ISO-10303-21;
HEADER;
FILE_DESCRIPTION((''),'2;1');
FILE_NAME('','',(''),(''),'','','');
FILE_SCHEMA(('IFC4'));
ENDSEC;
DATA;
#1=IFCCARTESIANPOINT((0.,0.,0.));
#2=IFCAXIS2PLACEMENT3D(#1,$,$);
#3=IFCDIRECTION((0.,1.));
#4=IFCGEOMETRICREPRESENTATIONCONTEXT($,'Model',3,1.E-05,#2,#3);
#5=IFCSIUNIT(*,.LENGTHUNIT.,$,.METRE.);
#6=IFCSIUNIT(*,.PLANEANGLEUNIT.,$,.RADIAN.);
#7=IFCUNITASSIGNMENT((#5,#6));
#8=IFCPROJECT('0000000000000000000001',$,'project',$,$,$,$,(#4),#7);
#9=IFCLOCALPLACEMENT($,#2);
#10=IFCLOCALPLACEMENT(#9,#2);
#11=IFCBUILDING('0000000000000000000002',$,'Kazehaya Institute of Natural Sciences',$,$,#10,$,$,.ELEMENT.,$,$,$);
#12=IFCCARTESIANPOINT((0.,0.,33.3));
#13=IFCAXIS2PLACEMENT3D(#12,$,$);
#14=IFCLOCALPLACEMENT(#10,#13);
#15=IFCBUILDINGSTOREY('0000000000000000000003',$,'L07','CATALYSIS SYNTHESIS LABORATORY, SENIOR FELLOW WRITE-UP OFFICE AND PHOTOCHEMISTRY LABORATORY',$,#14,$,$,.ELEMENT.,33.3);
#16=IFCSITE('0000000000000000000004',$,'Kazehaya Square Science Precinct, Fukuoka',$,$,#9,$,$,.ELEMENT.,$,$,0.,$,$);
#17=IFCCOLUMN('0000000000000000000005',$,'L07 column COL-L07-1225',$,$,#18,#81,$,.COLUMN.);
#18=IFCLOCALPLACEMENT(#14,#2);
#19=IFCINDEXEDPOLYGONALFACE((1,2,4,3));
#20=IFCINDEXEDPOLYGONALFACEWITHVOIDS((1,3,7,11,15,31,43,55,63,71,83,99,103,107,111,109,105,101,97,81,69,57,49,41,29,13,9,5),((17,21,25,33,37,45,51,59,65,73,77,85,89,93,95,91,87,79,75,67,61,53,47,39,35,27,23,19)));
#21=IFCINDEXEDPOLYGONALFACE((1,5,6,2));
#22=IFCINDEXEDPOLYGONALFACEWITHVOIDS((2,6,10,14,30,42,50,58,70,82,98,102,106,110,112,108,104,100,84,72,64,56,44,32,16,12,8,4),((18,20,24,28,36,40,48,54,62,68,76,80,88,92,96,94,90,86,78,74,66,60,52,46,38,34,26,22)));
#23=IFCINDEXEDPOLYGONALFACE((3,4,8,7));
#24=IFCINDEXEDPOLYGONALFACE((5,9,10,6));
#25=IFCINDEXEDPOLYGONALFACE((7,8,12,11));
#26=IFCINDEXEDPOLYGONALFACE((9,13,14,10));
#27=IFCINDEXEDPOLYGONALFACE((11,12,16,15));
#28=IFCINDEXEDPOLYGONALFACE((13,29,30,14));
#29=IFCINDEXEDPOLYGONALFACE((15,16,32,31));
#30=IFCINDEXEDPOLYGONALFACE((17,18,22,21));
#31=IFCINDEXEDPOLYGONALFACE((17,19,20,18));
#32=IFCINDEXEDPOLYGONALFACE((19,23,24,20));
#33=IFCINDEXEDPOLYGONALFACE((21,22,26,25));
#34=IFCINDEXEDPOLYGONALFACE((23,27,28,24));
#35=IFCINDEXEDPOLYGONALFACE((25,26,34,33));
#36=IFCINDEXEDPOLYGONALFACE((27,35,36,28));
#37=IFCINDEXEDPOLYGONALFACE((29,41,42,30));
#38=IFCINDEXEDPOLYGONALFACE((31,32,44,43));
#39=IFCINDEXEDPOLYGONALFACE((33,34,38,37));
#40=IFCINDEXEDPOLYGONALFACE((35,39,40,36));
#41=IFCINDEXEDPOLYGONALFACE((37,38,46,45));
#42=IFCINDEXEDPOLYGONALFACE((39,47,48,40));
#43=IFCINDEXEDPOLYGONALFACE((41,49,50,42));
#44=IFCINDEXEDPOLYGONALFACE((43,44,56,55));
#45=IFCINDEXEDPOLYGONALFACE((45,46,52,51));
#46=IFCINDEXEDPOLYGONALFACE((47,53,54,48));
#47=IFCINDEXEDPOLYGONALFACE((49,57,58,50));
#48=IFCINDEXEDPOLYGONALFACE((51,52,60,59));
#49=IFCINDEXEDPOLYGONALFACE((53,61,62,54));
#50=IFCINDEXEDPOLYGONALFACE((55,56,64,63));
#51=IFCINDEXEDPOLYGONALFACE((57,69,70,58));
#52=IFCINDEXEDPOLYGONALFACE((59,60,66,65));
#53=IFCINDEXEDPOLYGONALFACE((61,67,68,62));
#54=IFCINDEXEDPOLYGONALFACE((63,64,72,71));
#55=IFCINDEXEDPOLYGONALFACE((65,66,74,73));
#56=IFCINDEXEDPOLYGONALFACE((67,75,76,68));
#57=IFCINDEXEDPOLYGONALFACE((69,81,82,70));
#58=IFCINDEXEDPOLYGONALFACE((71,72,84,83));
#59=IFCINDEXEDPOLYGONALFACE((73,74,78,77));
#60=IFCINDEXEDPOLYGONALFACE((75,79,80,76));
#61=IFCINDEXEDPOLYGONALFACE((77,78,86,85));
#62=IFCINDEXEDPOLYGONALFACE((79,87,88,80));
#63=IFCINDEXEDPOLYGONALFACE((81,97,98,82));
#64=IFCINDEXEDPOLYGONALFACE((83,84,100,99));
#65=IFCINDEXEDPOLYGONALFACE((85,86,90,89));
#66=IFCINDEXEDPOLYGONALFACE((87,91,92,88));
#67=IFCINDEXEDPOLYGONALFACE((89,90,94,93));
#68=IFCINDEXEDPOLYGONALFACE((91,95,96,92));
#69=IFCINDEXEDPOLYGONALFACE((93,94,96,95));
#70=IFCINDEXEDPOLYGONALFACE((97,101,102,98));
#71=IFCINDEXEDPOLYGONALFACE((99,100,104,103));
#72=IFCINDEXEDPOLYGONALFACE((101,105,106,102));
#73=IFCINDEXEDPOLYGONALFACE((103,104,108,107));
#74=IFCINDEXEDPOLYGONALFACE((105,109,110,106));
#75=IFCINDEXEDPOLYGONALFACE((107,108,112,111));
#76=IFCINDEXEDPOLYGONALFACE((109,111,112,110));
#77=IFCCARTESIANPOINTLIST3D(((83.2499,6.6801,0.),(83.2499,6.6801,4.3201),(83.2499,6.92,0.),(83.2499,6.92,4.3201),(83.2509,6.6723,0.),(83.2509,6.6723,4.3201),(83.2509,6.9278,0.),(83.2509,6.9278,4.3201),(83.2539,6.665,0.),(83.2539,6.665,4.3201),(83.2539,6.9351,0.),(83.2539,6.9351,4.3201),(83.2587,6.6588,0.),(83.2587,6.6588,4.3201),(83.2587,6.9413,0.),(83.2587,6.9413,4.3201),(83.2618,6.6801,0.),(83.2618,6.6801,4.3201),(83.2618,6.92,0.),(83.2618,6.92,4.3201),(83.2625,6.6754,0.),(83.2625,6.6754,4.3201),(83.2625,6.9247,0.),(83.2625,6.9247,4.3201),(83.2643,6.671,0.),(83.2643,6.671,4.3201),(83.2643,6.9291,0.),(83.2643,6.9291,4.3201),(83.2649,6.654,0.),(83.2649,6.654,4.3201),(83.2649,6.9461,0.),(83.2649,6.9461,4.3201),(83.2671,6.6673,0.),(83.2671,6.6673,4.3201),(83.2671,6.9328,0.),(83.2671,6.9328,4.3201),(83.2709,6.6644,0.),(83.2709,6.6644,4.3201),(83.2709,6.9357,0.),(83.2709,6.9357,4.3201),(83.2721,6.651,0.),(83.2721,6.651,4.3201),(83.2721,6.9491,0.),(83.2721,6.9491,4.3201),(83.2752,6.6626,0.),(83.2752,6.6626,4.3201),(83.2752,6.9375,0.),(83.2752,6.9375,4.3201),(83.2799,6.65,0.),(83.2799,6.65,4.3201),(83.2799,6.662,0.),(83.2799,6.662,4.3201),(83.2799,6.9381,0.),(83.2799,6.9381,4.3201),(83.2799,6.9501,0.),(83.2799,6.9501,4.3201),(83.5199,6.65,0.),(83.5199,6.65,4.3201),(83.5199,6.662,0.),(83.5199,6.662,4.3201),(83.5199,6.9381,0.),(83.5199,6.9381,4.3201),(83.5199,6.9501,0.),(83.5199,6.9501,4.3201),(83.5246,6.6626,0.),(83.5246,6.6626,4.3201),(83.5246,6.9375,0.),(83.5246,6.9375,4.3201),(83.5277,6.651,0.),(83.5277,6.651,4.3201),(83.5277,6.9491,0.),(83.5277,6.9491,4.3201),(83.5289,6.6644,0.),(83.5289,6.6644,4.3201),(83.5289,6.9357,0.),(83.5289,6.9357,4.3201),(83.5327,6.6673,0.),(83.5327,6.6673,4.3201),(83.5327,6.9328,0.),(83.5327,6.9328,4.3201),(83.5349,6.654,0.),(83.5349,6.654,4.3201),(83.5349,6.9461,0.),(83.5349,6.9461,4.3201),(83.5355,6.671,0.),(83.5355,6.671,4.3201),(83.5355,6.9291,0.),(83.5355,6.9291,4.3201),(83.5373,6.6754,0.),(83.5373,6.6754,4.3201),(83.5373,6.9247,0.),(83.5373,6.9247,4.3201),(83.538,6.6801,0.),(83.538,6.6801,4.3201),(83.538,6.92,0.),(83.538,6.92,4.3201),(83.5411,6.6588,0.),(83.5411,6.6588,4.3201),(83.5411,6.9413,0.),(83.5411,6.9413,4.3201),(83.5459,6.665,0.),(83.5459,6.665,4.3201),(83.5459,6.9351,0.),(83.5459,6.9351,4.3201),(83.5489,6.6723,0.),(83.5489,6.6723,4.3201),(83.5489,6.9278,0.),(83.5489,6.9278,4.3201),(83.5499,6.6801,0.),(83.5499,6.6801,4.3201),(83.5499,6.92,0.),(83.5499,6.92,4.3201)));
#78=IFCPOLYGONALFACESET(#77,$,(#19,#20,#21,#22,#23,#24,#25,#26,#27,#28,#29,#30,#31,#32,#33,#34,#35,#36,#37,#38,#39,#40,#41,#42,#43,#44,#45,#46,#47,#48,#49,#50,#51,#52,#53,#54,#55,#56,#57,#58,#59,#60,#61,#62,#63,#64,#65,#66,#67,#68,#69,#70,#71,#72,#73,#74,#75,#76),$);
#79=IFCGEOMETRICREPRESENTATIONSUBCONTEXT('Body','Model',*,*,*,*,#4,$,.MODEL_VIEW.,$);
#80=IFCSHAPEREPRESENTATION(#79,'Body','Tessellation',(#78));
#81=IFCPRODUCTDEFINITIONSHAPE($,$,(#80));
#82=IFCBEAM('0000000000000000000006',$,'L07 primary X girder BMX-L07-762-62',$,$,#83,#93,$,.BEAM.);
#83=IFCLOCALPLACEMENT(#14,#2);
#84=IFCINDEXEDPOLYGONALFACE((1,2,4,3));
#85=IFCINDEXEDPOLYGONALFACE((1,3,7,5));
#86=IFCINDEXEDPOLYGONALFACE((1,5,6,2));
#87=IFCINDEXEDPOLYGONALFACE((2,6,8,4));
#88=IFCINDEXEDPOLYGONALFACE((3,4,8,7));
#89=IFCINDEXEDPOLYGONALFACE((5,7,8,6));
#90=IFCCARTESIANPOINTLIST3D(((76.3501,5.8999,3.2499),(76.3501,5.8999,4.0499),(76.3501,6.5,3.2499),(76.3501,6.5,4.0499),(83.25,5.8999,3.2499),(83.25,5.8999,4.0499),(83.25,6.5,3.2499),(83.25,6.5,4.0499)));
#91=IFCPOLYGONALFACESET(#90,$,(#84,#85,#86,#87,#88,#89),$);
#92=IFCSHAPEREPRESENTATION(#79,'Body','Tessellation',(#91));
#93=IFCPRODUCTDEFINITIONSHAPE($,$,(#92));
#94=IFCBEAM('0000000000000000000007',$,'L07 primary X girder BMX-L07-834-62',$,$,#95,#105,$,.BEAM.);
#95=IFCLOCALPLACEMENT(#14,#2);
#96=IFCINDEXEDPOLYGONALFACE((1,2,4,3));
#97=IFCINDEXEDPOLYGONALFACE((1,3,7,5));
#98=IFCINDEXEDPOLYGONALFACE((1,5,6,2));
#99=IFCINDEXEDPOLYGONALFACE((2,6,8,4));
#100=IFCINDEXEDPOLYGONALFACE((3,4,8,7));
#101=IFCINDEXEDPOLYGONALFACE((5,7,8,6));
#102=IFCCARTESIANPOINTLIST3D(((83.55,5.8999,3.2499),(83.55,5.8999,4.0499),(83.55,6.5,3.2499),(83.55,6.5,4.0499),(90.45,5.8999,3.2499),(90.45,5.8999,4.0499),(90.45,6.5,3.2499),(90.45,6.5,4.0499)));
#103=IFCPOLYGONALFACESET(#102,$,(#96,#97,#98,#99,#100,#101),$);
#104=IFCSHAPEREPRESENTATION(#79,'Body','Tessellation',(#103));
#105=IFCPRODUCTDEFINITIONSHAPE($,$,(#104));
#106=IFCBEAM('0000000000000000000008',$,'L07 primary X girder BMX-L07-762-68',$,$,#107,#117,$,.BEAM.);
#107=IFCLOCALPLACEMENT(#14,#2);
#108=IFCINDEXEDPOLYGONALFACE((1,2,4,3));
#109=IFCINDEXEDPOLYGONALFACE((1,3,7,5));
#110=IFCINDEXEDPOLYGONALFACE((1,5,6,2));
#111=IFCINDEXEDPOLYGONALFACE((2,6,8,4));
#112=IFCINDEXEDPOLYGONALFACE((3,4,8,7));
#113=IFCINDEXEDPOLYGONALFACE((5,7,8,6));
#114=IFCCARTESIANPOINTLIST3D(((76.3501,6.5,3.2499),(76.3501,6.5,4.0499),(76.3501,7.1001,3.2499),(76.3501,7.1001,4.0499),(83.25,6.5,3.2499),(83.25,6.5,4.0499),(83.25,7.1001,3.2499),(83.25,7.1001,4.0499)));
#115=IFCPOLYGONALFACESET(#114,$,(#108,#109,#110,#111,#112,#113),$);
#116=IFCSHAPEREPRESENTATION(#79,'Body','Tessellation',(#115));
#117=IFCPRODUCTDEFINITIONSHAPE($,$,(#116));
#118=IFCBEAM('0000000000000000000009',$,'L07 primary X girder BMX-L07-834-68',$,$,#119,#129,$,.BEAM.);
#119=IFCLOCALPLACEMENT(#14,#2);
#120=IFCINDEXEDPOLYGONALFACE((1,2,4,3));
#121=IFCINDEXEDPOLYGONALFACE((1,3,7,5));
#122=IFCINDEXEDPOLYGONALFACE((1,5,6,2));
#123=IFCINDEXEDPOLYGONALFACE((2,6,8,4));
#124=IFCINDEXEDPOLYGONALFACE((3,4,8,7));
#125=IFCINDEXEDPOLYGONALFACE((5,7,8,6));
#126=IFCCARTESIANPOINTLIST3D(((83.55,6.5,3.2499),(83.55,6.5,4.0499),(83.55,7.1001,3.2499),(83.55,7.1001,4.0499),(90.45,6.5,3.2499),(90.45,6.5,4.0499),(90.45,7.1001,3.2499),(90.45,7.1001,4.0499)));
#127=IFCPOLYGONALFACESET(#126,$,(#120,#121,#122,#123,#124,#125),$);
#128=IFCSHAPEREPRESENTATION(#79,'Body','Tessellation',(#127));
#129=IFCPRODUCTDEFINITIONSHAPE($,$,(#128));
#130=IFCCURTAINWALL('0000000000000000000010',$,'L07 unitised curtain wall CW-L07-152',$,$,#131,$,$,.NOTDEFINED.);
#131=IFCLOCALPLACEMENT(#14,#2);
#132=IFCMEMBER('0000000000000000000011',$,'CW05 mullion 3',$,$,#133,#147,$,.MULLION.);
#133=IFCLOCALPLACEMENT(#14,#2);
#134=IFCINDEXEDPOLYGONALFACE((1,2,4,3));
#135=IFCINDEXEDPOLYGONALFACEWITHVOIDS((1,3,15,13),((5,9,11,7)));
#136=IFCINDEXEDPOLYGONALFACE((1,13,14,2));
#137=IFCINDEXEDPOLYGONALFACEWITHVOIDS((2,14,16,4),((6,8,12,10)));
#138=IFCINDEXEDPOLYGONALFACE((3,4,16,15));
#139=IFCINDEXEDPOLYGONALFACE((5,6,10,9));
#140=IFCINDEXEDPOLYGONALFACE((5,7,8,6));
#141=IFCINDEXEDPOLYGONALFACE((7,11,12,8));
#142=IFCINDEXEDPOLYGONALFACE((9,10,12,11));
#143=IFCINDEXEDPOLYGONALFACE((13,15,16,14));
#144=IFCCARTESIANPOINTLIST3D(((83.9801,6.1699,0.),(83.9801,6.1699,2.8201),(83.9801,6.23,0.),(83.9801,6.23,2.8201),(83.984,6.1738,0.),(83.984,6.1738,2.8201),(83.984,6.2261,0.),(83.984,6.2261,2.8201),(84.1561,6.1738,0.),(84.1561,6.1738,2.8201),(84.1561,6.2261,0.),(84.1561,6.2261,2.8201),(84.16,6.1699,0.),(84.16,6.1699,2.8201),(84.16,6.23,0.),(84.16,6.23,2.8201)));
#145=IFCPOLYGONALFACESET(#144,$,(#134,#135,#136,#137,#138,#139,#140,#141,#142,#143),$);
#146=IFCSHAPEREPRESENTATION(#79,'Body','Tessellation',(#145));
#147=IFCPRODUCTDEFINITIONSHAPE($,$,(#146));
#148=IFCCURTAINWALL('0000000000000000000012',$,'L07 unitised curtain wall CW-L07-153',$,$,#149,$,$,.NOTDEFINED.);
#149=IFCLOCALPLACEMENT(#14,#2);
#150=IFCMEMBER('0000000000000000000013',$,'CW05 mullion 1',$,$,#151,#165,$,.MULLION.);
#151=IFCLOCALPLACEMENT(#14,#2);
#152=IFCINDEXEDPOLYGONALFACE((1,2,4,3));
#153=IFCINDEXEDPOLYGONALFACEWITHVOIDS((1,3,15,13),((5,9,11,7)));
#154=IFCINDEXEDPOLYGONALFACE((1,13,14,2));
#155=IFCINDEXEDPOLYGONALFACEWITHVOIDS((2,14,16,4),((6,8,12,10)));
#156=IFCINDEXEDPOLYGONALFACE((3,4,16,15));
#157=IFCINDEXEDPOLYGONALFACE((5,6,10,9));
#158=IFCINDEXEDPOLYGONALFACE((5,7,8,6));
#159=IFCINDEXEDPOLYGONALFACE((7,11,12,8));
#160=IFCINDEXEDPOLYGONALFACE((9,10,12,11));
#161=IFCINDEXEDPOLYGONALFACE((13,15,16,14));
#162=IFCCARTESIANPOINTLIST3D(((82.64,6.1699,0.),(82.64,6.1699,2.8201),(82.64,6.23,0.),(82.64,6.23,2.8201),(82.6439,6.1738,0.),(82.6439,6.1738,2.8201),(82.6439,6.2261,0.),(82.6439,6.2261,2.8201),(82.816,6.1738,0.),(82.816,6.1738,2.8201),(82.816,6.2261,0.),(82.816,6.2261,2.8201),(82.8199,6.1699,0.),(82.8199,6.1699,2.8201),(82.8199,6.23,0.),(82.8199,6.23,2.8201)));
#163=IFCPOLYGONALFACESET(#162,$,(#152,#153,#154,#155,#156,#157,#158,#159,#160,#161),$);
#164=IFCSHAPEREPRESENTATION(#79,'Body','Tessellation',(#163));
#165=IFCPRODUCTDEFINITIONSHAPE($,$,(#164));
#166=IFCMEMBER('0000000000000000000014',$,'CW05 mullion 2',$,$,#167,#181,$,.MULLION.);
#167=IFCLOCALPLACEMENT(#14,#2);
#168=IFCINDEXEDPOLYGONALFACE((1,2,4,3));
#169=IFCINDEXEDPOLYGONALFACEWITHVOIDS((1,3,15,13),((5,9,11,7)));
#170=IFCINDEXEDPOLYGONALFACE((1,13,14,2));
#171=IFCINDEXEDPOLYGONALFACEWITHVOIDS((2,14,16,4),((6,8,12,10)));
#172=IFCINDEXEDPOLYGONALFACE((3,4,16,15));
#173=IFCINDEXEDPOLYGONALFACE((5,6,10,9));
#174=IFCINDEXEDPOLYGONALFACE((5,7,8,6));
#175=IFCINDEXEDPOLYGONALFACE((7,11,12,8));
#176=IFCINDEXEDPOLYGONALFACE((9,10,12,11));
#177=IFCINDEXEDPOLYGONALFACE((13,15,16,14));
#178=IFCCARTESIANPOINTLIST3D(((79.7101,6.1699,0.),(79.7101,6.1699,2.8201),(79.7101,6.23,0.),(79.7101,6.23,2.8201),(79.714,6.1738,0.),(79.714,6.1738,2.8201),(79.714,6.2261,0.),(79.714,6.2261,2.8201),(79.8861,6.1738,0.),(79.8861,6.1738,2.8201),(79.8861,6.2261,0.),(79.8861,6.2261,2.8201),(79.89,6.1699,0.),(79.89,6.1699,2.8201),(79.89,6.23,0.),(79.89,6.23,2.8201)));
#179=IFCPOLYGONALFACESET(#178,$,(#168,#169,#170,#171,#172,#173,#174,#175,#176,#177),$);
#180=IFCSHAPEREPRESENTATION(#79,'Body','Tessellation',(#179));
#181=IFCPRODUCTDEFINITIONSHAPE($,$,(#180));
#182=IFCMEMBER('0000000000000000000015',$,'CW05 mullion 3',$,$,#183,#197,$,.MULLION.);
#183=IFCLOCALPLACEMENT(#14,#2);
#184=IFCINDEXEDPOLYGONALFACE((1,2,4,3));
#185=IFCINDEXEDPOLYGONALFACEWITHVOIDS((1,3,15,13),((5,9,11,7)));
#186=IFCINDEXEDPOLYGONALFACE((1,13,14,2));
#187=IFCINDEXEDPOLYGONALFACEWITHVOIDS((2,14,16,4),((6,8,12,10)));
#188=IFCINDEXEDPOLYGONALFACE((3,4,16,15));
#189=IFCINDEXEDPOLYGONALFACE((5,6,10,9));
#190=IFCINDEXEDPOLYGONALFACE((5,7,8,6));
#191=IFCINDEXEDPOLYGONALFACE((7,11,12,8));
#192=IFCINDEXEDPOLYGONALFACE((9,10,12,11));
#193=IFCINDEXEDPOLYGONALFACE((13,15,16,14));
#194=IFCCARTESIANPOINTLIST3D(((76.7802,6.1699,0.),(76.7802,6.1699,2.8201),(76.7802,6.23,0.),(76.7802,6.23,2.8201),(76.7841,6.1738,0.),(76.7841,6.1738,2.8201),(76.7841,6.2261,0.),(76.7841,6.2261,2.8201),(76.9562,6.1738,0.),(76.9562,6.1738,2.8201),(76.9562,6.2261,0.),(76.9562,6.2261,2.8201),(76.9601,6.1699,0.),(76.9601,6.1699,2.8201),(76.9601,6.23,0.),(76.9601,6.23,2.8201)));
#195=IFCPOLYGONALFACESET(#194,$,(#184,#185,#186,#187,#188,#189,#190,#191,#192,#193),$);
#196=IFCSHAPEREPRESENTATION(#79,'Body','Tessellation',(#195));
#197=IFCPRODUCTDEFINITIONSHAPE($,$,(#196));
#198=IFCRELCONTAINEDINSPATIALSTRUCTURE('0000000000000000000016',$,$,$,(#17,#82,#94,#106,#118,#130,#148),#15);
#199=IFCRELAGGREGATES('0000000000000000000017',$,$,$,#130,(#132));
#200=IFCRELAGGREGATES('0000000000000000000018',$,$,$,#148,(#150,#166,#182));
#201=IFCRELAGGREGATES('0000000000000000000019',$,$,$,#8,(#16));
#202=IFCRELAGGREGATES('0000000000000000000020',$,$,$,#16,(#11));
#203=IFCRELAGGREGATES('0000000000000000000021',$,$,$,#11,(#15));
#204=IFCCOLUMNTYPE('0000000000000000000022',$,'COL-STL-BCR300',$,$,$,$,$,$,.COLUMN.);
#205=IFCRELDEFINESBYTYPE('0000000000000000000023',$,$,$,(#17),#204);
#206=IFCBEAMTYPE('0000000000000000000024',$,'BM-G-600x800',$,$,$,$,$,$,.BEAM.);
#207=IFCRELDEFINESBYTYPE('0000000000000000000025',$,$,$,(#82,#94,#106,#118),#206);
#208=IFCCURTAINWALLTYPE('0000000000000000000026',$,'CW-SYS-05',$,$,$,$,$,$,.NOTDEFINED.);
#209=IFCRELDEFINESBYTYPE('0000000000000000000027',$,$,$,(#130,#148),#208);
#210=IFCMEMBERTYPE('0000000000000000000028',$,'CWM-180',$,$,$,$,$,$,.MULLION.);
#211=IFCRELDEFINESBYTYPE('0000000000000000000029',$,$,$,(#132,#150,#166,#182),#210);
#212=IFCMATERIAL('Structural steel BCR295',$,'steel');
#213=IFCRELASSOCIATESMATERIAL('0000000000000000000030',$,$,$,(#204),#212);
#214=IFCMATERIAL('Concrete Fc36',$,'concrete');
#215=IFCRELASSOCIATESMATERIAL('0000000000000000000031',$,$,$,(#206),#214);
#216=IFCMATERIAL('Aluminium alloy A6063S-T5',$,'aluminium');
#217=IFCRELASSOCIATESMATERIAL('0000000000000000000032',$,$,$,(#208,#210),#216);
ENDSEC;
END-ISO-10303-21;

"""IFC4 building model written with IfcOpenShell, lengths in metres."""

from ifc_helpers import new_model, si_unit, direction, frame, origin, origin_2d, place, context, subcontext, project, spatial, rectangle, hollow_rectangle, extrude, material, material_profile, profile_set, type_object, element, aggregate, save


model = new_model("IFC4")

# Units and contexts
model_context = context("Model", 3, precision=1e-05, world=origin(), true_north=direction((0.0, 1.0)))
body_context = subcontext(model_context, "Body", "Model", "MODEL_VIEW")
ifc_project = project(units=[si_unit("LENGTHUNIT", "METRE"), si_unit("PLANEANGLEUNIT", "RADIAN")], contexts=[model_context])

# Site, building, storey
site_placement = place(None, origin())
site = spatial("IfcSite", under=ifc_project, at=site_placement, Name="Kazehaya Square Science Precinct, Fukuoka", CompositionType="ELEMENT", RefElevation=0.0)
building_placement = place(site_placement, origin())
building = spatial("IfcBuilding", under=site, at=building_placement, Name="Kazehaya Institute of Natural Sciences", CompositionType="ELEMENT")
storey_placement = place(building_placement, frame((0.0, 0.0, 33.3)))
storey = spatial("IfcBuildingStorey", under=building, at=storey_placement, Name="L07", Description="CATALYSIS SYNTHESIS LABORATORY, SENIOR FELLOW WRITE-UP OFFICE AND PHOTOCHEMISTRY LABORATORY", CompositionType="ELEMENT", Elevation=33.3)

# Column
ifc_material_1 = material(Name="Structural steel BCR295", Category="steel")
ifc_material_profile_1 = material_profile(ifc_material_1, hollow_rectangle(XDim=0.3, YDim=0.3, WallThickness=0.012, InnerFilletRadius=0.0181, OuterFilletRadius=0.03, at=origin_2d()), Name="BCR-300x300x12")
ifc_profile_set_1 = profile_set([ifc_material_profile_1], Name="Structural steel BCR295")
column_type = type_object("IfcColumnType", Name="COL-STL-BCR300", PredefinedType="COLUMN", material=ifc_profile_set_1)
for number, where, z_axis, x_axis, name in (
    (1, (83.3999, 6.8, 0.0), (0.0, 0.0, 1.0), (1.0, 0.0, 0.0), "L07 column COL-L07-1225"),
):
    element("IfcColumn", number, at=place(storey_placement, frame(where, z_axis=z_axis, x_axis=x_axis)), inside=storey, type_object=column_type, Name=name, PredefinedType="COLUMN", context=body_context, shape_type="SweptSolid", body=[
        extrude(hollow_rectangle(XDim=0.3, YDim=0.3, WallThickness=0.012, InnerFilletRadius=0.0181, OuterFilletRadius=0.03, at=origin_2d()), origin(), (0.0, 0.0, 1.0), 4.3201),
    ])

# Beams
ifc_material_2 = material(Name="Concrete Fc36", Category="concrete")
ifc_material_profile_2 = material_profile(ifc_material_2, rectangle(XDim=0.6001, YDim=0.8, at=origin_2d()), Name="RC-600x800")
ifc_profile_set_2 = profile_set([ifc_material_profile_2], Name="Concrete Fc36")
beam_type = type_object("IfcBeamType", Name="BM-G-600x800", PredefinedType="BEAM", material=ifc_profile_set_2)
for number, where, z_axis, x_axis, name in (
    (2, (76.3501, 6.2, 3.6499), (1.0, 0.0, 0.0), (0.0, 1.0, 0.0), "L07 primary X girder BMX-L07-762-62"),
    (3, (83.55, 6.2, 3.6499), (1.0, 0.0, 0.0), (0.0, 1.0, 0.0), "L07 primary X girder BMX-L07-834-62"),
    (4, (76.3501, 6.8, 3.6499), (1.0, 0.0, 0.0), (0.0, 1.0, 0.0), "L07 primary X girder BMX-L07-762-68"),
    (5, (83.55, 6.8, 3.6499), (1.0, 0.0, 0.0), (0.0, 1.0, 0.0), "L07 primary X girder BMX-L07-834-68"),
):
    element("IfcBeam", number, at=place(storey_placement, frame(where, z_axis=z_axis, x_axis=x_axis)), inside=storey, type_object=beam_type, Name=name, PredefinedType="BEAM", context=body_context, shape_type="SweptSolid", body=[
        extrude(rectangle(XDim=0.6001, YDim=0.8, at=origin_2d()), origin(), (0.0, 0.0, 1.0), 6.8999),
    ])

# Curtain wall, member
ifc_material_3 = material(Name="Aluminium alloy A6063S-T5", Category="aluminium")
curtain_wall_type = type_object("IfcCurtainWallType", Name="CW-SYS-05", PredefinedType="NOTDEFINED", material=ifc_material_3)
curtain_wall_1_placement = place(storey_placement, origin())
curtain_wall_1 = element("IfcCurtainWall", 6, at=curtain_wall_1_placement, inside=storey, type_object=curtain_wall_type, Name="L07 unitised curtain wall CW-L07-152", PredefinedType="NOTDEFINED")
ifc_material_profile_3 = material_profile(ifc_material_3, hollow_rectangle(XDim=0.0601, YDim=0.1799, WallThickness=0.0039, at=origin_2d()), Name="ALU-60x180x4")
ifc_profile_set_3 = profile_set([ifc_material_profile_3], Name="Aluminium alloy A6063S-T5")
member_type_1 = type_object("IfcMemberType", Name="CWM-180", PredefinedType="MULLION", material=ifc_profile_set_3)
member_1_placement = place(storey_placement, frame((84.0701, 6.2, 0.0), z_axis=(0.0, 0.0, 1.0), x_axis=(0.0, -1.0, 0.0)))
member_1 = element("IfcMember", 7, at=member_1_placement, type_object=member_type_1, Name="CW05 mullion 3", PredefinedType="MULLION", context=body_context, shape_type="SweptSolid", body=[
    extrude(hollow_rectangle(XDim=0.0601, YDim=0.1799, WallThickness=0.0039, at=origin_2d()), origin(), (0.0, 0.0, 1.0), 2.8201),
])
aggregate(curtain_wall_1, [member_1])

# Curtain wall, members
curtain_wall_2_placement = place(storey_placement, origin())
curtain_wall_2 = element("IfcCurtainWall", 8, at=curtain_wall_2_placement, inside=storey, type_object=curtain_wall_type, Name="L07 unitised curtain wall CW-L07-153", PredefinedType="NOTDEFINED")
member_2_placement = place(storey_placement, frame((82.73, 6.2, 0.0), z_axis=(0.0, 0.0, 1.0), x_axis=(0.0, -1.0, 0.0)))
member_2 = element("IfcMember", 9, at=member_2_placement, type_object=member_type_1, Name="CW05 mullion 1", PredefinedType="MULLION", context=body_context, shape_type="SweptSolid", body=[
    extrude(hollow_rectangle(XDim=0.0601, YDim=0.1799, WallThickness=0.0039, at=origin_2d()), origin(), (0.0, 0.0, 1.0), 2.8201),
])
member_3_placement = place(storey_placement, frame((79.8, 6.2, 0.0), z_axis=(0.0, 0.0, 1.0), x_axis=(0.0, -1.0, 0.0)))
member_3 = element("IfcMember", 10, at=member_3_placement, type_object=member_type_1, Name="CW05 mullion 2", PredefinedType="MULLION", context=body_context, shape_type="SweptSolid", body=[
    extrude(hollow_rectangle(XDim=0.0601, YDim=0.1799, WallThickness=0.0039, at=origin_2d()), origin(), (0.0, 0.0, 1.0), 2.8201),
])
member_4_placement = place(storey_placement, frame((76.8701, 6.2, 0.0), z_axis=(0.0, 0.0, 1.0), x_axis=(0.0, -1.0, 0.0)))
member_4 = element("IfcMember", 11, at=member_4_placement, type_object=member_type_1, Name="CW05 mullion 3", PredefinedType="MULLION", context=body_context, shape_type="SweptSolid", body=[
    extrude(hollow_rectangle(XDim=0.0601, YDim=0.1799, WallThickness=0.0039, at=origin_2d()), origin(), (0.0, 0.0, 1.0), 2.8201),
])
aggregate(curtain_wall_2, [member_2, member_3, member_4])

save(model, "model.ifc")
